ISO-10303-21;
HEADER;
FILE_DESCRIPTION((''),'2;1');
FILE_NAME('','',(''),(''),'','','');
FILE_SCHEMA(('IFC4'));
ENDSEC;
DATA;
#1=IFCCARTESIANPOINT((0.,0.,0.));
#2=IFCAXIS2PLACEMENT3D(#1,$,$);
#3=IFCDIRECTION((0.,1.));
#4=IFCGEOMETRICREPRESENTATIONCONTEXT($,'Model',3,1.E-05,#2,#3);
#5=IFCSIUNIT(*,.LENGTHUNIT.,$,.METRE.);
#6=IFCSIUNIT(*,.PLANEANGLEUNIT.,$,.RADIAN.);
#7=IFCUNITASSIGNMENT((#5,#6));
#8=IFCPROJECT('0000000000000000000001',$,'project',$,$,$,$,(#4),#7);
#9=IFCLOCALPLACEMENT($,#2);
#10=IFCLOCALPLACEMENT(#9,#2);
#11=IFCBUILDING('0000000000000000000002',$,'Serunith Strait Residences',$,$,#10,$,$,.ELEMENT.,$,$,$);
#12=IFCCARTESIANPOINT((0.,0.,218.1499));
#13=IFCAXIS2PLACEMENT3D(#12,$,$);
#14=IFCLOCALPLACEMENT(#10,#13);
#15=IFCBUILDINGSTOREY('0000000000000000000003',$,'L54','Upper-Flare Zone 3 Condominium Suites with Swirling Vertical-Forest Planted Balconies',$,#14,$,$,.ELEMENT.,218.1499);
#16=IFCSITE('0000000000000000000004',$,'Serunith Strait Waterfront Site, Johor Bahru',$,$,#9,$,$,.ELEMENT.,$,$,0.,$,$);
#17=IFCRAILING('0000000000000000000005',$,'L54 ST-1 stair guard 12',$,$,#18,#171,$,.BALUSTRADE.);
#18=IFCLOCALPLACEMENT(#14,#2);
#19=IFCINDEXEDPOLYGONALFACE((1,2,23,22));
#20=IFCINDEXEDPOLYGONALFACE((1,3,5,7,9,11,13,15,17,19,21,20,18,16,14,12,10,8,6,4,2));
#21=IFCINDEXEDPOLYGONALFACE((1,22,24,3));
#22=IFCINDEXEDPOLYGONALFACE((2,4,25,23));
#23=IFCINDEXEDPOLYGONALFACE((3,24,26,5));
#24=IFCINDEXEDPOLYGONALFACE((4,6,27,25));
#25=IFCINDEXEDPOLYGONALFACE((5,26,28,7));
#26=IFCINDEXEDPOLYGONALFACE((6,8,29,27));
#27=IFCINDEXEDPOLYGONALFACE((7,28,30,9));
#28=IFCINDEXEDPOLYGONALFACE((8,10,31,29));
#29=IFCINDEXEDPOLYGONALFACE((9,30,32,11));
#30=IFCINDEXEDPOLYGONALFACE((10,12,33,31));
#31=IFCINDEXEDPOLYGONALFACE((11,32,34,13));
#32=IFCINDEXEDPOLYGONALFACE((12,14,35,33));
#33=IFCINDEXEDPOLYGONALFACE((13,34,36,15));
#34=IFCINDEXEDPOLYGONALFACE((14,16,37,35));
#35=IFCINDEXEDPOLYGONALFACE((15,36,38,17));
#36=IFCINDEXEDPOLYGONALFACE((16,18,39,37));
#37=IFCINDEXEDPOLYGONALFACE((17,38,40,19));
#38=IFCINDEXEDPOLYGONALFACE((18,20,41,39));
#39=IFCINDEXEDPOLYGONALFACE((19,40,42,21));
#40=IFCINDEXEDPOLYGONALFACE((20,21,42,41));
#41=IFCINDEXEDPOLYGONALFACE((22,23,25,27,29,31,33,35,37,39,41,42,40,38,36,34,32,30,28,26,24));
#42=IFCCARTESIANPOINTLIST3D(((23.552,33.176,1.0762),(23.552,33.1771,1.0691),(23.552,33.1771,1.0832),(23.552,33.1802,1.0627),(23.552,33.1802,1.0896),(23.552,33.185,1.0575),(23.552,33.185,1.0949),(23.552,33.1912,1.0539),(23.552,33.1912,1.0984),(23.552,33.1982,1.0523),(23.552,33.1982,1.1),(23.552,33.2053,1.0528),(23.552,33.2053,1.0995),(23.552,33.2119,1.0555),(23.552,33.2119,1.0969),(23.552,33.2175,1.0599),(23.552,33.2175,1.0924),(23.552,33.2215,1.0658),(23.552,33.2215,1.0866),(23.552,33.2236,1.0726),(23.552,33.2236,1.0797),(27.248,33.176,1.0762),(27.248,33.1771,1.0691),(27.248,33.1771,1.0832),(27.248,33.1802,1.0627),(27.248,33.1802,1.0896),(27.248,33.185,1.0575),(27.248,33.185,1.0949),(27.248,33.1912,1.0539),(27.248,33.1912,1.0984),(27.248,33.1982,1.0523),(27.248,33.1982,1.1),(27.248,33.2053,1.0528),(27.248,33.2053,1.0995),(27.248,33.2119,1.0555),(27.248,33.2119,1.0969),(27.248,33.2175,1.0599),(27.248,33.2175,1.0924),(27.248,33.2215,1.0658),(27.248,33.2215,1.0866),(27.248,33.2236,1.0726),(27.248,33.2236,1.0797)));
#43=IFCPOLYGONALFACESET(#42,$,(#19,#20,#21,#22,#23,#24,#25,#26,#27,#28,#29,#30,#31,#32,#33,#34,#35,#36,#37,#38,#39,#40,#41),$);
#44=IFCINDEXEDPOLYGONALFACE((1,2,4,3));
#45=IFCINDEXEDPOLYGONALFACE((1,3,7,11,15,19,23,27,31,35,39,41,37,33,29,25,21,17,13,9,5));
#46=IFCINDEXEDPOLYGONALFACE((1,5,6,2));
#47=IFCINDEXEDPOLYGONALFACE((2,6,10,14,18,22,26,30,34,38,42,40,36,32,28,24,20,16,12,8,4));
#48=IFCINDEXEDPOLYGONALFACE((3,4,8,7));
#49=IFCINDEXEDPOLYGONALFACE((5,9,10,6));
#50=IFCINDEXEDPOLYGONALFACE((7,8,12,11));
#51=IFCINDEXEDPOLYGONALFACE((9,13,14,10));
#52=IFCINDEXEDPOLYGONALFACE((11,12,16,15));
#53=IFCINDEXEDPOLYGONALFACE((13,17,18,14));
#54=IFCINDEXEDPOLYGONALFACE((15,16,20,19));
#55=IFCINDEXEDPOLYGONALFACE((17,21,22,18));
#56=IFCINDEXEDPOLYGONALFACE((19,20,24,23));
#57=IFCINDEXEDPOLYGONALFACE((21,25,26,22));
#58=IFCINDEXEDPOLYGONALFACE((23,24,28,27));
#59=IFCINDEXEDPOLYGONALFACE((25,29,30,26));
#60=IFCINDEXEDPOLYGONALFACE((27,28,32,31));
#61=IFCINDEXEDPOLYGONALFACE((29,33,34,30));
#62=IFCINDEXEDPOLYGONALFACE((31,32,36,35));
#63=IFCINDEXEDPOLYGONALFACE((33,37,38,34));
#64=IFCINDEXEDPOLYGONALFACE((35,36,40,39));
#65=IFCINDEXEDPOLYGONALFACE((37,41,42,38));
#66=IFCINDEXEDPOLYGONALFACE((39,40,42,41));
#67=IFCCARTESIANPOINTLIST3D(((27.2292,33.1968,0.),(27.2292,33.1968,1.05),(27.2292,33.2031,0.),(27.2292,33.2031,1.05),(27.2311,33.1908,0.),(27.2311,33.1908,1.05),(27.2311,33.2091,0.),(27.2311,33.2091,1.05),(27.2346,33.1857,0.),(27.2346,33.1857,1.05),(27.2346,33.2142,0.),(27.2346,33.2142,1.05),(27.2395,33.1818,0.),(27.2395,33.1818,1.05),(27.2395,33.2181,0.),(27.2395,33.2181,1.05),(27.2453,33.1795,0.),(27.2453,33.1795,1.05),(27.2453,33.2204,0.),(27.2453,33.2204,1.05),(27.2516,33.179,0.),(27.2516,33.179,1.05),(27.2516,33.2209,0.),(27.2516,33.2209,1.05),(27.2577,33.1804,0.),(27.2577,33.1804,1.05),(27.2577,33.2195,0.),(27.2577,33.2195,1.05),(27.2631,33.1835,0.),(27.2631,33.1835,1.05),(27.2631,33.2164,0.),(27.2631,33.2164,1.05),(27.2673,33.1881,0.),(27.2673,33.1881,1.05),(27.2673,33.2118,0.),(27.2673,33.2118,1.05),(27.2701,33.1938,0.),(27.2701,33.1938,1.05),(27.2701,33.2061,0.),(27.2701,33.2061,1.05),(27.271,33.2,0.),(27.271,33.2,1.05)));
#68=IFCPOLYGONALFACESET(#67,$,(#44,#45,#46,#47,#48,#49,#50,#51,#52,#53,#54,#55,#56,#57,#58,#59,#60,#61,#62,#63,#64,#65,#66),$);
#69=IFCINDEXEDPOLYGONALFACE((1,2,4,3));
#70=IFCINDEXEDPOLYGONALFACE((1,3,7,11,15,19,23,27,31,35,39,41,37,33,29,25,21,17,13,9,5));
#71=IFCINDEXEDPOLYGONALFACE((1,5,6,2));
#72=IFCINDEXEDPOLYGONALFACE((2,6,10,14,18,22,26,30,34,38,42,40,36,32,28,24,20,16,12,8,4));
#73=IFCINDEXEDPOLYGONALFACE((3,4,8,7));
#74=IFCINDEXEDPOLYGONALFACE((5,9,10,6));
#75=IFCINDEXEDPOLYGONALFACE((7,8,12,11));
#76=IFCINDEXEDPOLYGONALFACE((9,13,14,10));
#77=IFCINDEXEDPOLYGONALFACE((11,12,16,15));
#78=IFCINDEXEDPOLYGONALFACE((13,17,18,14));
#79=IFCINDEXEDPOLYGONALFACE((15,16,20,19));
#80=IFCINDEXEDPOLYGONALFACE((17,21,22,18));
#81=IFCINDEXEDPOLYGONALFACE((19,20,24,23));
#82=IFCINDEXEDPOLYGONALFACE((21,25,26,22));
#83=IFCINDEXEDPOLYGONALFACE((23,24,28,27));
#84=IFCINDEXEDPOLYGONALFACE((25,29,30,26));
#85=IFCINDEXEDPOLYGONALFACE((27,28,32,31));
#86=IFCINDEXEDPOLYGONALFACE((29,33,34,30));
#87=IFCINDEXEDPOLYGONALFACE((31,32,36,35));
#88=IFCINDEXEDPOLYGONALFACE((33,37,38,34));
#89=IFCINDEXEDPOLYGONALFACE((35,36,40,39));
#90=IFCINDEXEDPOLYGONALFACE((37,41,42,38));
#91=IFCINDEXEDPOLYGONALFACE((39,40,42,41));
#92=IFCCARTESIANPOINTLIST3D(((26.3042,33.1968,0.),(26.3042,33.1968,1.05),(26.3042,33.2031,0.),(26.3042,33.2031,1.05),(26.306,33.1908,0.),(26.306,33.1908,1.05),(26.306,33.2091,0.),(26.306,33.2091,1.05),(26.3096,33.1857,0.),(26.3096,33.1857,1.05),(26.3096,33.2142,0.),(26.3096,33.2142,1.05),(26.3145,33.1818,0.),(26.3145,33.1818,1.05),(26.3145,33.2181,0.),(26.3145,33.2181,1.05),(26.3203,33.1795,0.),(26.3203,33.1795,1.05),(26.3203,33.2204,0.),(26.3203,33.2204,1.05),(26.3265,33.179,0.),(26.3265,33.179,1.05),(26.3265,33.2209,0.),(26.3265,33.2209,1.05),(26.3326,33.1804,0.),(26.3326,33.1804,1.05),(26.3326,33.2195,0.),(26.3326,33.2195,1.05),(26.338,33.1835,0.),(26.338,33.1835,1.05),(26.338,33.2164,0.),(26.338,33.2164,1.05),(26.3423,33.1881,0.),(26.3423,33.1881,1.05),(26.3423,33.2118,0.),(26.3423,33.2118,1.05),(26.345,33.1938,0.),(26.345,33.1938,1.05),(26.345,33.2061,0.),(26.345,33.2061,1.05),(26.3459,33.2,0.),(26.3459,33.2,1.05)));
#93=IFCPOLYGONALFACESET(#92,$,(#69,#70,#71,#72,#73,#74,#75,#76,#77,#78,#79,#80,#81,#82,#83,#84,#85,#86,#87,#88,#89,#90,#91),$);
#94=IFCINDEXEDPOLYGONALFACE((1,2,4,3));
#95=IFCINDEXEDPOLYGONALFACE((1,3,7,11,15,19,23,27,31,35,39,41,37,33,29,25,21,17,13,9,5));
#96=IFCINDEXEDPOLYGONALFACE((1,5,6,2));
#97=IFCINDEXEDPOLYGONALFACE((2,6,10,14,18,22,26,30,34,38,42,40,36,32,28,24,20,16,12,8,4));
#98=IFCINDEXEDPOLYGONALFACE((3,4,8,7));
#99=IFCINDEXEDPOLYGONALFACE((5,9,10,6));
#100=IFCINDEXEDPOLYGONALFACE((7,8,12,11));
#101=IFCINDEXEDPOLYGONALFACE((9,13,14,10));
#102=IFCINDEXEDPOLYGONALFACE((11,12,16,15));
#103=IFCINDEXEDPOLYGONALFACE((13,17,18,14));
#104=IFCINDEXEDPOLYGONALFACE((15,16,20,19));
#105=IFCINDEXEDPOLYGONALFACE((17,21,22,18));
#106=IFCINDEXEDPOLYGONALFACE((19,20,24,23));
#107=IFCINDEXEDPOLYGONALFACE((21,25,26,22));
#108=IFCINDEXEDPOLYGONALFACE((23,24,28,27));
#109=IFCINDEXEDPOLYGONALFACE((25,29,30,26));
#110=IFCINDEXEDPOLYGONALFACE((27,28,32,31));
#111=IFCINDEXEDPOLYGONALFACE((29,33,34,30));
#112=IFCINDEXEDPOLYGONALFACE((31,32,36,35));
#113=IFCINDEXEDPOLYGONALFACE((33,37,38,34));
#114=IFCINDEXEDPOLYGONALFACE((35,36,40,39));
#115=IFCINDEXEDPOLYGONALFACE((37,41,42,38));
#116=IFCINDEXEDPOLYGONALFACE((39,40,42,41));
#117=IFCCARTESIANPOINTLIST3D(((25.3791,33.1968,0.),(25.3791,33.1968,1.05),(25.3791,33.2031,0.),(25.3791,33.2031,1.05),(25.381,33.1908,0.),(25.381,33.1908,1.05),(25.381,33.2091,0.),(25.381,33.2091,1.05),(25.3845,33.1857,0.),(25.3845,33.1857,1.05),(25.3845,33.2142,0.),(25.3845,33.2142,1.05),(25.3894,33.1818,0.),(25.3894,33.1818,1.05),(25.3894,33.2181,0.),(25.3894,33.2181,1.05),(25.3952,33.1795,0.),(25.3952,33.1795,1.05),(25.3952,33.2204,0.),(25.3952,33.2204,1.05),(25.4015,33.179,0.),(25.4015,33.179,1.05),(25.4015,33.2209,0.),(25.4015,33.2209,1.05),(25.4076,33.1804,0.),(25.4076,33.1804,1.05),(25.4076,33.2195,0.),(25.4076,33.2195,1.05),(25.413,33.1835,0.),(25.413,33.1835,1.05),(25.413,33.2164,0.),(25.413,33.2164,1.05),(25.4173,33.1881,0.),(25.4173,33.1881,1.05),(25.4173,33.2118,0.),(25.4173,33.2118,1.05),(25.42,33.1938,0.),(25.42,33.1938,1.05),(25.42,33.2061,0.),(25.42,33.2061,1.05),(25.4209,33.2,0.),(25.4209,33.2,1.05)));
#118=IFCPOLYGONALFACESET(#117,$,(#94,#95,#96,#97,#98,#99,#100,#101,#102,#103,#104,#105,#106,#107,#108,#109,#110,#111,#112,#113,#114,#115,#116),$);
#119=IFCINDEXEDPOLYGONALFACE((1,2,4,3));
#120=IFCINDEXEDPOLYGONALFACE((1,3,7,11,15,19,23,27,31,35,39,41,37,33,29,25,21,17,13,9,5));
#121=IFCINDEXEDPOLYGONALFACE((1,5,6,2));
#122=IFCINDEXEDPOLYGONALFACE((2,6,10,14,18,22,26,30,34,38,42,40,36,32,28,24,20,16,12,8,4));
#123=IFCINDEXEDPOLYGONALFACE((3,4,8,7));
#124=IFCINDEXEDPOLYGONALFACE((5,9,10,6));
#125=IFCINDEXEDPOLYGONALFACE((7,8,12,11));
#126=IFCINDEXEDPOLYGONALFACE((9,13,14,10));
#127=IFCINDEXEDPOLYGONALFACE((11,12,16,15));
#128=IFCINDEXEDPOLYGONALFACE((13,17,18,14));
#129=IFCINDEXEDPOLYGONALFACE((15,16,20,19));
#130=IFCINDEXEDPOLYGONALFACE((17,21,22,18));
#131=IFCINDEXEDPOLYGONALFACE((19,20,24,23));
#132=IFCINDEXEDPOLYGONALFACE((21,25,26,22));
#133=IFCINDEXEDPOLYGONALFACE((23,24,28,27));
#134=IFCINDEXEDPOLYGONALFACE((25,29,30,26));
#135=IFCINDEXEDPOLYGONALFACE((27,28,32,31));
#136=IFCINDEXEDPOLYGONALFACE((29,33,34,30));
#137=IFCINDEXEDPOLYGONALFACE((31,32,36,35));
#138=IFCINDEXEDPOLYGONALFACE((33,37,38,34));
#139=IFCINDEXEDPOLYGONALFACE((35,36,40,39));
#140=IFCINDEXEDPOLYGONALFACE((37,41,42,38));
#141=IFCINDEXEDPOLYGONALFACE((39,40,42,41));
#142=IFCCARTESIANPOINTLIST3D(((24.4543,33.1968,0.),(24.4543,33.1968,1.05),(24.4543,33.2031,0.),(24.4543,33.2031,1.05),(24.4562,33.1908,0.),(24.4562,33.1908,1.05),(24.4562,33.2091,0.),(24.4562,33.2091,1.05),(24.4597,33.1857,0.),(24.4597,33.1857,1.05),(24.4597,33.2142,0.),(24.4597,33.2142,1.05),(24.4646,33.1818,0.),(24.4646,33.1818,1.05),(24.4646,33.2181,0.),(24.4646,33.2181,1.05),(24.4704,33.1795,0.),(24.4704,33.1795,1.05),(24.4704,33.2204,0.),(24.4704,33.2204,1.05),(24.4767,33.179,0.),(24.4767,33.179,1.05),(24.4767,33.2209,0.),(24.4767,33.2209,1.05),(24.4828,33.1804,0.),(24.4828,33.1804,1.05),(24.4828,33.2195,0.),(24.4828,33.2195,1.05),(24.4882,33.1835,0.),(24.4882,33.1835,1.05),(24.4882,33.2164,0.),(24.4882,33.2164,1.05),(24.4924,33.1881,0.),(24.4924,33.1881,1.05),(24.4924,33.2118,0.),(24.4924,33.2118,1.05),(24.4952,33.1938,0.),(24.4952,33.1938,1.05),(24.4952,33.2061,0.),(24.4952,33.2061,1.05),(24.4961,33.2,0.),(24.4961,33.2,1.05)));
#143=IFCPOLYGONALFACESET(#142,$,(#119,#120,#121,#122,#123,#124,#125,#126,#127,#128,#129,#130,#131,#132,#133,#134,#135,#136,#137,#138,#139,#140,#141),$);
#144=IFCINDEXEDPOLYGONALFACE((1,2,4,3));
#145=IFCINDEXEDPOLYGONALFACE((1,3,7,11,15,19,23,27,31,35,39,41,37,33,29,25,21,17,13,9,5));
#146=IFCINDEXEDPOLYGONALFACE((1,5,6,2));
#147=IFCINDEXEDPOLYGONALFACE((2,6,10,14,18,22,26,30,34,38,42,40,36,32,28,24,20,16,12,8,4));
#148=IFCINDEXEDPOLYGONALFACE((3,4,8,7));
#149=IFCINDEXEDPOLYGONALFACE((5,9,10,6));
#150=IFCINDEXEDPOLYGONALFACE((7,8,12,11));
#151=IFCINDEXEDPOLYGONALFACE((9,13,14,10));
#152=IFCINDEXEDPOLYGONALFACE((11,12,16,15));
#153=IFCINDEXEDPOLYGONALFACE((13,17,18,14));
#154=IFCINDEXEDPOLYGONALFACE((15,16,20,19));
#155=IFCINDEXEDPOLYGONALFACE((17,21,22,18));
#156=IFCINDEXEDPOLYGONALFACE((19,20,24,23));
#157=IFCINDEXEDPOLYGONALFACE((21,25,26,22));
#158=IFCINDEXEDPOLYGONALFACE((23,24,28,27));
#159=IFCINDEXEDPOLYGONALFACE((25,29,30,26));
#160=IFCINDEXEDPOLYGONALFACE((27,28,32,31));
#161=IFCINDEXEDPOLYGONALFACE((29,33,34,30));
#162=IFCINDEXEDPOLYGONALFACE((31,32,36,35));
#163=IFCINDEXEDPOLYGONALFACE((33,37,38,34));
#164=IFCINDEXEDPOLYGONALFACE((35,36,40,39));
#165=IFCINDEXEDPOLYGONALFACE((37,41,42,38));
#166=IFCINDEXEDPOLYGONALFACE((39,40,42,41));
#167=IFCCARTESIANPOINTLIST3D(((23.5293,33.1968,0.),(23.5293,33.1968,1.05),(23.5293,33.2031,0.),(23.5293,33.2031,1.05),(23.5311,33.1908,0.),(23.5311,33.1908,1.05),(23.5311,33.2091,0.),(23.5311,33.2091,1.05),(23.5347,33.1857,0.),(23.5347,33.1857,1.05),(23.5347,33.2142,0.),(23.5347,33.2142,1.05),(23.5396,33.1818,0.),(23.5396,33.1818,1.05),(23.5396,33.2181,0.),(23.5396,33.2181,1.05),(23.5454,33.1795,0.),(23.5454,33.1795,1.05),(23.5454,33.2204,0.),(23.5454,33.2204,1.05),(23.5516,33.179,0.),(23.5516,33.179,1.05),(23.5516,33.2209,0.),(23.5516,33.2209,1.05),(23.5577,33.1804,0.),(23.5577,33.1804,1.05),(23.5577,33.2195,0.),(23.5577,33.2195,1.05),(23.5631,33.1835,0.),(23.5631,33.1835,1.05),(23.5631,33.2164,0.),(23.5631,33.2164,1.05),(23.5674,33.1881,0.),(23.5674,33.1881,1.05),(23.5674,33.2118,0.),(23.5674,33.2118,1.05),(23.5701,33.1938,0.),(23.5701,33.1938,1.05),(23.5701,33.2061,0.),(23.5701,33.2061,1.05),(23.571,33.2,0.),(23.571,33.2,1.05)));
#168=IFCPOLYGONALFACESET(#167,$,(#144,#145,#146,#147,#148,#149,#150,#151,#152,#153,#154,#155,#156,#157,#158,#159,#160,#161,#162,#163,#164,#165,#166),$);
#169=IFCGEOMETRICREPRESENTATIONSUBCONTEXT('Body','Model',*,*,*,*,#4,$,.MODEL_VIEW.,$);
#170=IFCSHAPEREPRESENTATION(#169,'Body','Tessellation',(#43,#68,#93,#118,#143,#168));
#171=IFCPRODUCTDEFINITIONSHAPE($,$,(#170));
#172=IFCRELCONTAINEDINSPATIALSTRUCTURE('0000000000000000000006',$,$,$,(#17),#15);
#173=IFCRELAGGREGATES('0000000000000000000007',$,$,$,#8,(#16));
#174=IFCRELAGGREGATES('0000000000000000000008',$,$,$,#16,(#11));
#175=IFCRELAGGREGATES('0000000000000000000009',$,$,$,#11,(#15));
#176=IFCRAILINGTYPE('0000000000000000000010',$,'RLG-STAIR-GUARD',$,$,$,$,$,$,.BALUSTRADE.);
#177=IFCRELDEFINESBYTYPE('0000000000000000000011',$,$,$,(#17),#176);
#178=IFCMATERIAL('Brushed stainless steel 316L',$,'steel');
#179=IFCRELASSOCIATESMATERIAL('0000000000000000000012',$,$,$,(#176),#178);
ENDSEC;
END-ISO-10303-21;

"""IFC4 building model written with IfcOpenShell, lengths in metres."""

from ifc_helpers import new_model, si_unit, direction, frame, origin, origin_2d, place, context, subcontext, project, spatial, circle, extrude, material, type_object, element, save


model = new_model("IFC4")

# Units and contexts
model_context = context("Model", 3, precision=1e-05, world=origin(), true_north=direction((0.0, 1.0)))
body_context = subcontext(model_context, "Body", "Model", "MODEL_VIEW")
ifc_project = project(units=[si_unit("LENGTHUNIT", "METRE"), si_unit("PLANEANGLEUNIT", "RADIAN")], contexts=[model_context])

# Site, building, storey
site_placement = place(None, origin())
site = spatial("IfcSite", under=ifc_project, at=site_placement, Name="Serunith Strait Waterfront Site, Johor Bahru", CompositionType="ELEMENT", RefElevation=0.0)
building_placement = place(site_placement, origin())
building = spatial("IfcBuilding", under=site, at=building_placement, Name="Serunith Strait Residences", CompositionType="ELEMENT")
storey_placement = place(building_placement, frame((0.0, 0.0, 218.1499)))
storey = spatial("IfcBuildingStorey", under=building, at=storey_placement, Name="L54", Description="Upper-Flare Zone 3 Condominium Suites with Swirling Vertical-Forest Planted Balconies", CompositionType="ELEMENT", Elevation=218.1499)

# Railing
ifc_material_1 = material(Name="Brushed stainless steel 316L", Category="steel")
railing_type_1 = type_object("IfcRailingType", Name="RLG-STAIR-GUARD", PredefinedType="BALUSTRADE", material=ifc_material_1)
railing_1_placement = place(storey_placement, frame((27.25, 33.2, 0.0)))
element("IfcRailing", 1, at=railing_1_placement, inside=storey, type_object=railing_type_1, Name="L54 ST-1 stair guard 12", PredefinedType="BALUSTRADE", context=body_context, shape_type="SweptSolid", body=[
    extrude(circle(Radius=0.0239, at=origin_2d()), frame((-0.002, 0.0, 1.0762), z_axis=(-1.0, 0.0, 0.0), x_axis=(0.0, -1.0, 0.0)), (0.0, 0.0, 1.0), 3.696),
    extrude(circle(Radius=0.021, at=origin_2d()), origin(), (0.0, 0.0, 1.0), 1.05),
    extrude(circle(Radius=0.021, at=origin_2d()), frame((-0.925, 0.0, 0.0)), (0.0, 0.0, 1.0), 1.05),
    extrude(circle(Radius=0.021, at=origin_2d()), frame((-1.8501, 0.0, 0.0)), (0.0, 0.0, 1.0), 1.05),
    extrude(circle(Radius=0.021, at=origin_2d()), frame((-2.7749, 0.0, 0.0)), (0.0, 0.0, 1.0), 1.05),
    extrude(circle(Radius=0.021, at=origin_2d()), frame((-3.7, 0.0, 0.0)), (0.0, 0.0, 1.0), 1.05),
])

save(model, "model.ifc")
